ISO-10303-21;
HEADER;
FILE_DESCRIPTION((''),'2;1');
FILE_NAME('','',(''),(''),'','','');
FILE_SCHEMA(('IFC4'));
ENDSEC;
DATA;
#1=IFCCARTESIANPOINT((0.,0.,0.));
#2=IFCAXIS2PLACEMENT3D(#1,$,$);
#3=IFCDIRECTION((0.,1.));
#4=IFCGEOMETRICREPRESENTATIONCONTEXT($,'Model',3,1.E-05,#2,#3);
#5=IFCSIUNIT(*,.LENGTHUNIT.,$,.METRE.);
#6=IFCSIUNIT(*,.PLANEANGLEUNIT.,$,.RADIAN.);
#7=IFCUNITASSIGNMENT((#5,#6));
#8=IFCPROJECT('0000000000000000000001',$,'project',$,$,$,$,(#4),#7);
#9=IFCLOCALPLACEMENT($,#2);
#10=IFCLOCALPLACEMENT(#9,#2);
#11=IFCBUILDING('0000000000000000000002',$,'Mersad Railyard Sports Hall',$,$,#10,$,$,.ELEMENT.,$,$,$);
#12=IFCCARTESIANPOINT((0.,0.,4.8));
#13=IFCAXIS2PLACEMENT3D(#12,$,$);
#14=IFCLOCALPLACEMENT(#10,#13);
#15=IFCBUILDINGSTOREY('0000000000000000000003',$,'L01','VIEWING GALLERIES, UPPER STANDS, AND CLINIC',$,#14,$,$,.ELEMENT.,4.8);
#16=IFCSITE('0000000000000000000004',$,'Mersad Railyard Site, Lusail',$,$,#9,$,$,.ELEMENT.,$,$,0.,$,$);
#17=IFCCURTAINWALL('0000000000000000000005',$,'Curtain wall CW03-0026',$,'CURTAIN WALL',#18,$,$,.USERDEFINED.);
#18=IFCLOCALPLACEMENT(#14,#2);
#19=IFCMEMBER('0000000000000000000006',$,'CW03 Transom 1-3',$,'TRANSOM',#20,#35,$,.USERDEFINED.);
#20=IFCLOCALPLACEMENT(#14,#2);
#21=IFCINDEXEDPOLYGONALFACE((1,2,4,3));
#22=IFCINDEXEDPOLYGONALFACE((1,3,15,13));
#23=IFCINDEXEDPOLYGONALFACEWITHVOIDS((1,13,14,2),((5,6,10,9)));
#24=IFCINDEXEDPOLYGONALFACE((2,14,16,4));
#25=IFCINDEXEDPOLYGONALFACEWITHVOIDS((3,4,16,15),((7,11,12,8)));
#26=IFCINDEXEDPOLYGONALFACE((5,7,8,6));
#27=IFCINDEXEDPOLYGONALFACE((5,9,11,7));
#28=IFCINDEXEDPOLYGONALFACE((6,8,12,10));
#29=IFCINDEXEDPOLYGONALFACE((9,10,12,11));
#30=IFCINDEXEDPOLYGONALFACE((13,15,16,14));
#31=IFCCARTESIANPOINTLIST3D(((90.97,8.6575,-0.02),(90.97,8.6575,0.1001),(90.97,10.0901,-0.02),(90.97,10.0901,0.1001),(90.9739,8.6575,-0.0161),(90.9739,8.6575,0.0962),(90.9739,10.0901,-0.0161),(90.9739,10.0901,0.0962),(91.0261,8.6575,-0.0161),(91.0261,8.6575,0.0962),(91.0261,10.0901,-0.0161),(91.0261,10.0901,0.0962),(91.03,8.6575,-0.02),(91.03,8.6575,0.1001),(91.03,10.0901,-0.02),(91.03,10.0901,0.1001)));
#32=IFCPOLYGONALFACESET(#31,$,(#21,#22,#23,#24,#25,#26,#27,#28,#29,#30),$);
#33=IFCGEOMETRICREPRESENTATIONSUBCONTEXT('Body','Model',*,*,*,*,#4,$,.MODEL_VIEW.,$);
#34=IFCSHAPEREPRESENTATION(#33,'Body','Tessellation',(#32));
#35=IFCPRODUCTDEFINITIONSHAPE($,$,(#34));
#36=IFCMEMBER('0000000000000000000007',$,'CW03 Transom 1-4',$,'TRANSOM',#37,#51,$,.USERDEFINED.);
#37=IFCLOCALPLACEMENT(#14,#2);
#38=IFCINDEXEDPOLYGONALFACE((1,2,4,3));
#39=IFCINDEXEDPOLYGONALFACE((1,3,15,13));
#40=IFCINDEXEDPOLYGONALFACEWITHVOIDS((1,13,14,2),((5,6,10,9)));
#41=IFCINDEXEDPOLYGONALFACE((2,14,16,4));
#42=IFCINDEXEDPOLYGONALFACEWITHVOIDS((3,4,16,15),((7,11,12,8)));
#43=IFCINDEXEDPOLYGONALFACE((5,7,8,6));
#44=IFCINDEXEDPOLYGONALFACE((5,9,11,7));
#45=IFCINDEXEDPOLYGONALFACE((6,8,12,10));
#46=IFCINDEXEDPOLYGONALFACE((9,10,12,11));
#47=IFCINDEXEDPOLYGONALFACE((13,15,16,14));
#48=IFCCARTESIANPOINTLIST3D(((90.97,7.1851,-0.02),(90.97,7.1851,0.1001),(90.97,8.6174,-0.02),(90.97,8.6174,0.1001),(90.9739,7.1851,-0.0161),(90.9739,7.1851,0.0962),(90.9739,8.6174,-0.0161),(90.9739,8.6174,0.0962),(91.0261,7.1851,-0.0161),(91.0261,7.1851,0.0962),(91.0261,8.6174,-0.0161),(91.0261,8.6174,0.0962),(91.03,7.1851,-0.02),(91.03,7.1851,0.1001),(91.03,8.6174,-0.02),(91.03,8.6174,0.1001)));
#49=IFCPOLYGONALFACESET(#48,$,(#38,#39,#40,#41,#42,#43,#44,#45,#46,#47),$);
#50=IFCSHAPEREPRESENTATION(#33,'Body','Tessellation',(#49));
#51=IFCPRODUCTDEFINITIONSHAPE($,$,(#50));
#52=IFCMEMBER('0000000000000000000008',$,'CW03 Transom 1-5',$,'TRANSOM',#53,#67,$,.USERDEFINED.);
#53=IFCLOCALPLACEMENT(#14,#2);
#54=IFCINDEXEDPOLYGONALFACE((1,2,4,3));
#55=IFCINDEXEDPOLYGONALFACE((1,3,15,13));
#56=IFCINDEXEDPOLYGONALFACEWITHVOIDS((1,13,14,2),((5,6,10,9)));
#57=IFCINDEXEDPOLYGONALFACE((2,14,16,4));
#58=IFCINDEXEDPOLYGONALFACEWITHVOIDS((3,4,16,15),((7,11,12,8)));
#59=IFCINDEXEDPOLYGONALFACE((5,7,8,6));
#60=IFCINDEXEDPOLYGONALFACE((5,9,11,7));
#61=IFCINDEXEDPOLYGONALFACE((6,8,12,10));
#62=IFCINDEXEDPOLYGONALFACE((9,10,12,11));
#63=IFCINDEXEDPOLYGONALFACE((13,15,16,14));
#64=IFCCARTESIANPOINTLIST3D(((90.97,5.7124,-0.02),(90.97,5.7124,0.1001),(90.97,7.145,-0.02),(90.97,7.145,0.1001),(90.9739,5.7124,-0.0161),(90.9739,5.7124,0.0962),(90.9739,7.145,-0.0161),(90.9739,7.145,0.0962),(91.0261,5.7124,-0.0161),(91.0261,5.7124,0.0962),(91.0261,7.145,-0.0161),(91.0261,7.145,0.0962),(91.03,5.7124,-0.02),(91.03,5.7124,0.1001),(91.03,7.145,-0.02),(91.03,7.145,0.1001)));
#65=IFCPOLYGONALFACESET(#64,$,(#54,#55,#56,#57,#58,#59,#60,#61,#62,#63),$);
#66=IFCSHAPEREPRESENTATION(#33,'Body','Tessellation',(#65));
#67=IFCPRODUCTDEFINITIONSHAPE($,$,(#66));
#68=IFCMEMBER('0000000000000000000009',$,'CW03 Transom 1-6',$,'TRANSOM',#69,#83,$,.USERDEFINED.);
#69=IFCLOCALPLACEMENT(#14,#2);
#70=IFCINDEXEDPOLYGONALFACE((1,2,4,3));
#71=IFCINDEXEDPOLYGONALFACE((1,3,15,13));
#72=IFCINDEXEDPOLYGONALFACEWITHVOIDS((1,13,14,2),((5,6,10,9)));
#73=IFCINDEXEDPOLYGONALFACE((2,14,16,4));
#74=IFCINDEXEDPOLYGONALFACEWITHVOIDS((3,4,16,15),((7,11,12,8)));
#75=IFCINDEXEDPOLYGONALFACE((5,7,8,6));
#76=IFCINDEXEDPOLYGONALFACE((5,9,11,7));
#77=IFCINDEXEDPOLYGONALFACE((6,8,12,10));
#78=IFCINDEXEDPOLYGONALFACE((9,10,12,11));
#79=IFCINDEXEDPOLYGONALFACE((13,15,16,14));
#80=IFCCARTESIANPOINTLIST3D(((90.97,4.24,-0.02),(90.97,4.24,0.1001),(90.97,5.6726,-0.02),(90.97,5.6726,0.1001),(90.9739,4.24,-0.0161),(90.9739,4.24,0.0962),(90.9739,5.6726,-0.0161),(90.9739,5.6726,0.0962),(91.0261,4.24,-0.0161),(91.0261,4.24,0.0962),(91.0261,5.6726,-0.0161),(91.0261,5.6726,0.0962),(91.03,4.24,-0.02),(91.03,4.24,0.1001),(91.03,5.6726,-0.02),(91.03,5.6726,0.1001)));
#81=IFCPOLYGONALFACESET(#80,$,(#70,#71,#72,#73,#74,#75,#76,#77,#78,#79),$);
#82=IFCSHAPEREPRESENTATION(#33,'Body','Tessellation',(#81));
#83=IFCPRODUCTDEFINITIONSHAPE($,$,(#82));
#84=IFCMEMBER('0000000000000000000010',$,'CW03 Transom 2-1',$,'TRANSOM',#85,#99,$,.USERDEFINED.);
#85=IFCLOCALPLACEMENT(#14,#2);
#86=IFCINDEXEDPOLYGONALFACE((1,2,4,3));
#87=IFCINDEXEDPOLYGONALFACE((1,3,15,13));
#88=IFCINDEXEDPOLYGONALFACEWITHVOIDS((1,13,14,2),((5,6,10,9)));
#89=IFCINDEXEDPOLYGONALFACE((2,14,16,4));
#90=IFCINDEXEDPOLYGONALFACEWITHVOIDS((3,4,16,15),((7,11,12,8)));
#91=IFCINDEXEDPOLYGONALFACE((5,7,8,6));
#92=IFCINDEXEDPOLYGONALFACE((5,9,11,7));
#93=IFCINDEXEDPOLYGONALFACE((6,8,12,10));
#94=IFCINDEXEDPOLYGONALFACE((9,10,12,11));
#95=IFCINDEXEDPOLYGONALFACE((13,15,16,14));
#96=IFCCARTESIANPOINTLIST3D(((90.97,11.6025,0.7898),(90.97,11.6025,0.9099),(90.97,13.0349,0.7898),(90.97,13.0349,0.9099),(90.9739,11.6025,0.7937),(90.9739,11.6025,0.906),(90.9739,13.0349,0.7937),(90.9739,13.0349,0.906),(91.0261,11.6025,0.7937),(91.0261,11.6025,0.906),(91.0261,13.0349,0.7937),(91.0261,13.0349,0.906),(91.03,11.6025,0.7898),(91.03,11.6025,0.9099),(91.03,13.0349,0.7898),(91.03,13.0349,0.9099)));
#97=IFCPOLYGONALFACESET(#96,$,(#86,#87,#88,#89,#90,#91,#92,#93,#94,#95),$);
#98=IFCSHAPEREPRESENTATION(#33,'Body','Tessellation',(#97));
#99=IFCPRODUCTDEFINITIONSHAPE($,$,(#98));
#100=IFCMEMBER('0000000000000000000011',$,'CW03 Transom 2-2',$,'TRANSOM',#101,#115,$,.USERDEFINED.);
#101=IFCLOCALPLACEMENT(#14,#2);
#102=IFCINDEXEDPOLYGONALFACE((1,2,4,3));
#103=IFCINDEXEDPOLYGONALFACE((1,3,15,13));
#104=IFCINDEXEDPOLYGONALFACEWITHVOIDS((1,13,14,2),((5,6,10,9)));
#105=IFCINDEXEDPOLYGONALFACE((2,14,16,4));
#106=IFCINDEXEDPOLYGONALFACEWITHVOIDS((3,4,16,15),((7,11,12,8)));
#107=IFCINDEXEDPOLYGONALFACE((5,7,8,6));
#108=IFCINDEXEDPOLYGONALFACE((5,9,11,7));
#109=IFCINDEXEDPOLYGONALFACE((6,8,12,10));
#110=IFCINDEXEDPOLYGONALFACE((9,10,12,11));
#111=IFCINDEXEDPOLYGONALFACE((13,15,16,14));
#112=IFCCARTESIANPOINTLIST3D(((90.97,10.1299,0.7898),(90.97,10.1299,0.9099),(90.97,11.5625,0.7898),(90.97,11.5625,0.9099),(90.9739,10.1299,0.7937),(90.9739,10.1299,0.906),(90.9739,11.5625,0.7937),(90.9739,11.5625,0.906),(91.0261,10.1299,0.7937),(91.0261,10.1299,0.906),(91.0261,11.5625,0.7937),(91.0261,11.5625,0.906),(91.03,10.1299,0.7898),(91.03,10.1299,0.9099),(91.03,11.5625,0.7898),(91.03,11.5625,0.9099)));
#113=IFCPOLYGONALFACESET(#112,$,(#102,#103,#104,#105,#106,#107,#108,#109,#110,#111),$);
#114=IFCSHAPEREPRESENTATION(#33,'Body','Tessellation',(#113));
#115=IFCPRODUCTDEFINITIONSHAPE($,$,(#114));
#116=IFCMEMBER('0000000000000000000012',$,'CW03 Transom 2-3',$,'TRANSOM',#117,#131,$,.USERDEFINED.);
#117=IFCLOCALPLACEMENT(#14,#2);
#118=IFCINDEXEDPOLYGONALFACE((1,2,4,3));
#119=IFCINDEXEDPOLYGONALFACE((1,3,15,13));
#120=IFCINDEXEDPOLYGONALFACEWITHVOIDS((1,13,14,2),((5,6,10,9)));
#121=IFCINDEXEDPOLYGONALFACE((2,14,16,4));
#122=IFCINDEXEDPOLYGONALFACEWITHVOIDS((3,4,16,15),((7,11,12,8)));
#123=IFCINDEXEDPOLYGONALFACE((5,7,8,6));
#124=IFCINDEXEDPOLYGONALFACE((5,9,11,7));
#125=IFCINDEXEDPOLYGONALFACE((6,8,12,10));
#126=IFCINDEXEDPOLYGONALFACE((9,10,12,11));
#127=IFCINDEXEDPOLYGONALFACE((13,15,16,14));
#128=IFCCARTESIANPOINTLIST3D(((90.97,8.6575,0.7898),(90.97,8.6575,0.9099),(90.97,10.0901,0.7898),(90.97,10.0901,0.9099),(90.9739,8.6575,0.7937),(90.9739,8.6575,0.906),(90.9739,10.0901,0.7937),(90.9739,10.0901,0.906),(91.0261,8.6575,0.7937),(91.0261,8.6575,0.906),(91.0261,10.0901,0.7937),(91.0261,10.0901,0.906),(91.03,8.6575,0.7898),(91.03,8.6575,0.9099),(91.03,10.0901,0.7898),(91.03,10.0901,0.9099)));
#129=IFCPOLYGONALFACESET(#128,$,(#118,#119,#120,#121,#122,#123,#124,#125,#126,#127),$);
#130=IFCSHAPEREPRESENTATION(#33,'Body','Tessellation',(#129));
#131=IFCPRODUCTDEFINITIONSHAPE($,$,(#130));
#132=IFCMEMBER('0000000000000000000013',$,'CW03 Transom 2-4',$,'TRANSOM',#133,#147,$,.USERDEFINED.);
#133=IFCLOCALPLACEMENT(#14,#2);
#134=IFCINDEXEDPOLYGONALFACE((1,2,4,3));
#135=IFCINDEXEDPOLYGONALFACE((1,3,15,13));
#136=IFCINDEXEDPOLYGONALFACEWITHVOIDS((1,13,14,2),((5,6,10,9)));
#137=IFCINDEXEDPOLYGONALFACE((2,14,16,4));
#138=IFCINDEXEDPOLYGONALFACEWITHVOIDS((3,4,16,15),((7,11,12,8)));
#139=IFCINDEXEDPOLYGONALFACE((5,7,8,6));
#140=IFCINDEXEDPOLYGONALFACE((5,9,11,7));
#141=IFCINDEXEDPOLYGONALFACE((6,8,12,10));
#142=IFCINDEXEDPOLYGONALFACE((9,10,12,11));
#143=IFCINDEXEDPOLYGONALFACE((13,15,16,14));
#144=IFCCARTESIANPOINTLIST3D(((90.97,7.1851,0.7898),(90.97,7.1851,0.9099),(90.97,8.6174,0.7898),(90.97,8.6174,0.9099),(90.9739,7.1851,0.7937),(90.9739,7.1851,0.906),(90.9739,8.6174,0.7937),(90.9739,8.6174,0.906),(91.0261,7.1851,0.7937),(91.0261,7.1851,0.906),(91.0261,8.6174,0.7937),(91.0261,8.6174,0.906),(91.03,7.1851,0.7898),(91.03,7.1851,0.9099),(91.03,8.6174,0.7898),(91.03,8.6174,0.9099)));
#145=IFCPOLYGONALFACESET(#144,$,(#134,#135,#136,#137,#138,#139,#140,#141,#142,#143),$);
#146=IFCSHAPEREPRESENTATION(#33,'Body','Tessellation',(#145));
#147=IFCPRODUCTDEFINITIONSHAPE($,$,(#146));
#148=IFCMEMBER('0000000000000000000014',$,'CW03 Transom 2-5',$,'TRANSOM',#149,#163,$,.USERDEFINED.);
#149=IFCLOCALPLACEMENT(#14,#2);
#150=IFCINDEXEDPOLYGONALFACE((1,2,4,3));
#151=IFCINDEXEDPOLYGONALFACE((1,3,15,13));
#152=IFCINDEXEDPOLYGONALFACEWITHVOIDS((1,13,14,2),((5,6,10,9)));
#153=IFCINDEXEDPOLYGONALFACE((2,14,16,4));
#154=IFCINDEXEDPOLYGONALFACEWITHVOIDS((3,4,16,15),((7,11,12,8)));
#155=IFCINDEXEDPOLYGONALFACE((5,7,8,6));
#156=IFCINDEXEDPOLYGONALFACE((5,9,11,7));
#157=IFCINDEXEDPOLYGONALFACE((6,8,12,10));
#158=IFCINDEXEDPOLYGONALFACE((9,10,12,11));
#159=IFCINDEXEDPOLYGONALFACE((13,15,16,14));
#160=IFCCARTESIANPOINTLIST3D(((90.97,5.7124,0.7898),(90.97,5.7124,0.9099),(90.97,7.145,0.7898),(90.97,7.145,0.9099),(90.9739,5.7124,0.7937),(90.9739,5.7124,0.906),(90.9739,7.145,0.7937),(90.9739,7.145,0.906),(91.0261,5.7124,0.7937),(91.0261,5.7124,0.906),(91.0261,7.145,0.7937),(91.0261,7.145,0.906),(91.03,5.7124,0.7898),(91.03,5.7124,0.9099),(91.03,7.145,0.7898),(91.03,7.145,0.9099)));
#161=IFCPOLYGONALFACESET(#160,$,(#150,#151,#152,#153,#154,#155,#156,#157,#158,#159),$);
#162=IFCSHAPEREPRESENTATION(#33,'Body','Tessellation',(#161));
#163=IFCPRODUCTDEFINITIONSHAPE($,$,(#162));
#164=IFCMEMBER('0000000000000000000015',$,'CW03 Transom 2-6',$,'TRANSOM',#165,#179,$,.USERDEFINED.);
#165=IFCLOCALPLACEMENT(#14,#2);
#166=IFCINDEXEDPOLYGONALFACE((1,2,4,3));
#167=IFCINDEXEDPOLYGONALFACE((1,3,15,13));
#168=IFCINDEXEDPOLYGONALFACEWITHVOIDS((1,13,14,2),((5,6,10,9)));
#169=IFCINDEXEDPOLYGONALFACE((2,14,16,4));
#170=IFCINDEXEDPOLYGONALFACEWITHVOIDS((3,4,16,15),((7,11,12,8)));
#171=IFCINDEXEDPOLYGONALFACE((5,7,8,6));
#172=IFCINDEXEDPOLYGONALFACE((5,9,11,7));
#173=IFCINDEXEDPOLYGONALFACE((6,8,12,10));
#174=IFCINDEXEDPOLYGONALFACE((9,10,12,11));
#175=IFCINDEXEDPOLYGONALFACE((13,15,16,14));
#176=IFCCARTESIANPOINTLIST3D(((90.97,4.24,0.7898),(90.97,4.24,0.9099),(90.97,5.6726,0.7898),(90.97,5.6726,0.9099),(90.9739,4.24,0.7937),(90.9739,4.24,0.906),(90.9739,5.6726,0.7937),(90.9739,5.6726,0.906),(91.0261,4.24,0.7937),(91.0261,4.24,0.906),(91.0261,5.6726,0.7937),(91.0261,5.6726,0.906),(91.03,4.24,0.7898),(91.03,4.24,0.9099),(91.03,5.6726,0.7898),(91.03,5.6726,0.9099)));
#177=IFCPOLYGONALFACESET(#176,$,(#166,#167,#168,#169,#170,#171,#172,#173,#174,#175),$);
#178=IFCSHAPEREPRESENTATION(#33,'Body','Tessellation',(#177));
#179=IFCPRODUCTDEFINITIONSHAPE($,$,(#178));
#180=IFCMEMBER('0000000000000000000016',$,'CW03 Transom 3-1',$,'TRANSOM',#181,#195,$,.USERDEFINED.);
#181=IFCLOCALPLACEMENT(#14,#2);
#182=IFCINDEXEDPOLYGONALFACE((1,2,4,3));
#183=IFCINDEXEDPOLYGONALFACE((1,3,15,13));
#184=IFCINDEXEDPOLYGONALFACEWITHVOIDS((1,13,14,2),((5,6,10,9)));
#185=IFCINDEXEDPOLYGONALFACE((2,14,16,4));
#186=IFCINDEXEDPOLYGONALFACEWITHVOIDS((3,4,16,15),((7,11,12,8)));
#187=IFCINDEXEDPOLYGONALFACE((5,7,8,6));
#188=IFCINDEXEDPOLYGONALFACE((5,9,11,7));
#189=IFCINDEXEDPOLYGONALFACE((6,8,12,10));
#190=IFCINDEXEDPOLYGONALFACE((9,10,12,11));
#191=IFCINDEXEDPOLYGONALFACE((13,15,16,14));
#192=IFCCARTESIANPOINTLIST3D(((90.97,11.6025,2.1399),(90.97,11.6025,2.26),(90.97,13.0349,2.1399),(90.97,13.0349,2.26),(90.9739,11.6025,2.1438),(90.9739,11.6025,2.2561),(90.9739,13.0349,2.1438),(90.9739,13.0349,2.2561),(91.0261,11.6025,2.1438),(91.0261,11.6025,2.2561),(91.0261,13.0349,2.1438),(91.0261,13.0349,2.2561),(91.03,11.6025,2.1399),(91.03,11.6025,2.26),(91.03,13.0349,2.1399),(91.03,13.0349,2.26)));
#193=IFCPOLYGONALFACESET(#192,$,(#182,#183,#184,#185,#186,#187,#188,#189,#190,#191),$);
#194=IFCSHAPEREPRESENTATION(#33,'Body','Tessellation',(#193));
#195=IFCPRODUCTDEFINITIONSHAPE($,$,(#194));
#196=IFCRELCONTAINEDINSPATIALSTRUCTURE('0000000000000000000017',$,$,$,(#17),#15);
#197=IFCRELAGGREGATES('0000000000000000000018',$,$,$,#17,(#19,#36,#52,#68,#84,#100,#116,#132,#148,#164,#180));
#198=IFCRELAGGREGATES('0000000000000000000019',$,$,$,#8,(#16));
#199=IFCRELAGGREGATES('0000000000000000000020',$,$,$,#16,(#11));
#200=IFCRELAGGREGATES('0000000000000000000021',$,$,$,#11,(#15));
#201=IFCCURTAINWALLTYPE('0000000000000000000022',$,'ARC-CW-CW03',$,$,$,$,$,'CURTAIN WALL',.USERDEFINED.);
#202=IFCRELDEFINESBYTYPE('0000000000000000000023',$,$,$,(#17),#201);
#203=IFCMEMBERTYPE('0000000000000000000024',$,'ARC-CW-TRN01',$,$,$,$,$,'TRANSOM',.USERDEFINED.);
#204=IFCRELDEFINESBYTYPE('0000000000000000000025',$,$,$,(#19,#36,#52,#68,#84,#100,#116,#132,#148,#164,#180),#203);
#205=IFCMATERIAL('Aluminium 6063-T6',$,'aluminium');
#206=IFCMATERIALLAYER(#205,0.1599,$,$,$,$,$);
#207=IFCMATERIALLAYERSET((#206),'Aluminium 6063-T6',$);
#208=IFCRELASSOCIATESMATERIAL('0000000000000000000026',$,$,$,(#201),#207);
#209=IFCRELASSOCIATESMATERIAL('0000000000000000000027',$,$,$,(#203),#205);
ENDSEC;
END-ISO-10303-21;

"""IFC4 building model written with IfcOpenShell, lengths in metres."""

from ifc_helpers import new_model, si_unit, direction, frame, origin, origin_2d, place, context, subcontext, project, spatial, hollow_rectangle, extrude, material, layer, layer_set, material_profile, profile_set, type_object, element, aggregate, save


model = new_model("IFC4")

# Units and contexts
model_context = context("Model", 3, precision=1e-05, world=origin(), true_north=direction((0.0, 1.0)))
body_context = subcontext(model_context, "Body", "Model", "MODEL_VIEW")
ifc_project = project(units=[si_unit("LENGTHUNIT", "METRE"), si_unit("PLANEANGLEUNIT", "RADIAN")], contexts=[model_context])

# Site, building, storey
site_placement = place(None, origin())
site = spatial("IfcSite", under=ifc_project, at=site_placement, Name="Mersad Railyard Site, Lusail", CompositionType="ELEMENT", RefElevation=0.0)
building_placement = place(site_placement, origin())
building = spatial("IfcBuilding", under=site, at=building_placement, Name="Mersad Railyard Sports Hall", CompositionType="ELEMENT")
storey_placement = place(building_placement, frame((0.0, 0.0, 4.8)))
storey = spatial("IfcBuildingStorey", under=building, at=storey_placement, Name="L01", Description="VIEWING GALLERIES, UPPER STANDS, AND CLINIC", CompositionType="ELEMENT", Elevation=4.8)

# Curtain wall
ifc_material_1 = material(Name="Aluminium 6063-T6", Category="aluminium")
ifc_layer_1 = layer(ifc_material_1, 0.1599)
ifc_layer_set_1 = layer_set([ifc_layer_1], Name="Aluminium 6063-T6")
curtain_wall_type_1 = type_object("IfcCurtainWallType", Name="ARC-CW-CW03", ElementType="CURTAIN WALL", PredefinedType="USERDEFINED", material=ifc_layer_set_1)
curtain_wall_1_placement = place(storey_placement, origin())
curtain_wall_1 = element("IfcCurtainWall", 1, at=curtain_wall_1_placement, inside=storey, type_object=curtain_wall_type_1, Name="Curtain wall CW03-0026", ObjectType="CURTAIN WALL", PredefinedType="USERDEFINED")

# Members
ifc_material_profile_1 = material_profile(ifc_material_1, hollow_rectangle(XDim=0.0601, YDim=0.1201, WallThickness=0.0039, at=origin_2d()), Name="AL TRANSOM 60x120x4")
ifc_profile_set_1 = profile_set([ifc_material_profile_1], Name="Aluminium 6063-T6")
member_type_1 = type_object("IfcMemberType", Name="ARC-CW-TRN01", ElementType="TRANSOM", PredefinedType="USERDEFINED", material=ifc_profile_set_1)
member_1_placement = place(storey_placement, frame((91.0, 10.0901, 0.04), z_axis=(0.0, -1.0, 0.0), x_axis=(1.0, 0.0, 0.0)))
member_1 = element("IfcMember", 2, at=member_1_placement, type_object=member_type_1, Name="CW03 Transom 1-3", ObjectType="TRANSOM", PredefinedType="USERDEFINED", context=body_context, shape_type="SweptSolid", body=[
    extrude(hollow_rectangle(XDim=0.0601, YDim=0.1201, WallThickness=0.0039, at=origin_2d()), origin(), (0.0, 0.0, 1.0), 1.4326),
])
member_2_placement = place(storey_placement, frame((91.0, 8.6174, 0.04), z_axis=(0.0, -1.0, 0.0), x_axis=(1.0, 0.0, 0.0)))
member_2 = element("IfcMember", 3, at=member_2_placement, type_object=member_type_1, Name="CW03 Transom 1-4", ObjectType="TRANSOM", PredefinedType="USERDEFINED", context=body_context, shape_type="SweptSolid", body=[
    extrude(hollow_rectangle(XDim=0.0601, YDim=0.1201, WallThickness=0.0039, at=origin_2d()), origin(), (0.0, 0.0, 1.0), 1.4324),
])
member_3_placement = place(storey_placement, frame((91.0, 7.145, 0.04), z_axis=(0.0, -1.0, 0.0), x_axis=(1.0, 0.0, 0.0)))
member_3 = element("IfcMember", 4, at=member_3_placement, type_object=member_type_1, Name="CW03 Transom 1-5", ObjectType="TRANSOM", PredefinedType="USERDEFINED", context=body_context, shape_type="SweptSolid", body=[
    extrude(hollow_rectangle(XDim=0.0601, YDim=0.1201, WallThickness=0.0039, at=origin_2d()), origin(), (0.0, 0.0, 1.0), 1.4326),
])
member_4_placement = place(storey_placement, frame((91.0, 5.6726, 0.04), z_axis=(0.0, -1.0, 0.0), x_axis=(1.0, 0.0, 0.0)))
member_4 = element("IfcMember", 5, at=member_4_placement, type_object=member_type_1, Name="CW03 Transom 1-6", ObjectType="TRANSOM", PredefinedType="USERDEFINED", context=body_context, shape_type="SweptSolid", body=[
    extrude(hollow_rectangle(XDim=0.0601, YDim=0.1201, WallThickness=0.0039, at=origin_2d()), origin(), (0.0, 0.0, 1.0), 1.4326),
])
member_5_placement = place(storey_placement, frame((91.0, 13.0349, 0.8499), z_axis=(0.0, -1.0, 0.0), x_axis=(1.0, 0.0, 0.0)))
member_5 = element("IfcMember", 6, at=member_5_placement, type_object=member_type_1, Name="CW03 Transom 2-1", ObjectType="TRANSOM", PredefinedType="USERDEFINED", context=body_context, shape_type="SweptSolid", body=[
    extrude(hollow_rectangle(XDim=0.0601, YDim=0.1201, WallThickness=0.0039, at=origin_2d()), origin(), (0.0, 0.0, 1.0), 1.4324),
])
member_6_placement = place(storey_placement, frame((91.0, 11.5625, 0.8499), z_axis=(0.0, -1.0, 0.0), x_axis=(1.0, 0.0, 0.0)))
member_6 = element("IfcMember", 7, at=member_6_placement, type_object=member_type_1, Name="CW03 Transom 2-2", ObjectType="TRANSOM", PredefinedType="USERDEFINED", context=body_context, shape_type="SweptSolid", body=[
    extrude(hollow_rectangle(XDim=0.0601, YDim=0.1201, WallThickness=0.0039, at=origin_2d()), origin(), (0.0, 0.0, 1.0), 1.4326),
])
member_7_placement = place(storey_placement, frame((91.0, 10.0901, 0.8499), z_axis=(0.0, -1.0, 0.0), x_axis=(1.0, 0.0, 0.0)))
member_7 = element("IfcMember", 8, at=member_7_placement, type_object=member_type_1, Name="CW03 Transom 2-3", ObjectType="TRANSOM", PredefinedType="USERDEFINED", context=body_context, shape_type="SweptSolid", body=[
    extrude(hollow_rectangle(XDim=0.0601, YDim=0.1201, WallThickness=0.0039, at=origin_2d()), origin(), (0.0, 0.0, 1.0), 1.4326),
])
member_8_placement = place(storey_placement, frame((91.0, 8.6174, 0.8499), z_axis=(0.0, -1.0, 0.0), x_axis=(1.0, 0.0, 0.0)))
member_8 = element("IfcMember", 9, at=member_8_placement, type_object=member_type_1, Name="CW03 Transom 2-4", ObjectType="TRANSOM", PredefinedType="USERDEFINED", context=body_context, shape_type="SweptSolid", body=[
    extrude(hollow_rectangle(XDim=0.0601, YDim=0.1201, WallThickness=0.0039, at=origin_2d()), origin(), (0.0, 0.0, 1.0), 1.4324),
])
member_9_placement = place(storey_placement, frame((91.0, 7.145, 0.8499), z_axis=(0.0, -1.0, 0.0), x_axis=(1.0, 0.0, 0.0)))
member_9 = element("IfcMember", 10, at=member_9_placement, type_object=member_type_1, Name="CW03 Transom 2-5", ObjectType="TRANSOM", PredefinedType="USERDEFINED", context=body_context, shape_type="SweptSolid", body=[
    extrude(hollow_rectangle(XDim=0.0601, YDim=0.1201, WallThickness=0.0039, at=origin_2d()), origin(), (0.0, 0.0, 1.0), 1.4326),
])
member_10_placement = place(storey_placement, frame((91.0, 5.6726, 0.8499), z_axis=(0.0, -1.0, 0.0), x_axis=(1.0, 0.0, 0.0)))
member_10 = element("IfcMember", 11, at=member_10_placement, type_object=member_type_1, Name="CW03 Transom 2-6", ObjectType="TRANSOM", PredefinedType="USERDEFINED", context=body_context, shape_type="SweptSolid", body=[
    extrude(hollow_rectangle(XDim=0.0601, YDim=0.1201, WallThickness=0.0039, at=origin_2d()), origin(), (0.0, 0.0, 1.0), 1.4326),
])
member_11_placement = place(storey_placement, frame((91.0, 13.0349, 2.2), z_axis=(0.0, -1.0, 0.0), x_axis=(1.0, 0.0, 0.0)))
member_11 = element("IfcMember", 12, at=member_11_placement, type_object=member_type_1, Name="CW03 Transom 3-1", ObjectType="TRANSOM", PredefinedType="USERDEFINED", context=body_context, shape_type="SweptSolid", body=[
    extrude(hollow_rectangle(XDim=0.0601, YDim=0.1201, WallThickness=0.0039, at=origin_2d()), origin(), (0.0, 0.0, 1.0), 1.4324),
])
aggregate(curtain_wall_1, [member_1, member_2, member_3, member_4, member_5, member_6, member_7, member_8, member_9, member_10, member_11])

save(model, "model.ifc")
